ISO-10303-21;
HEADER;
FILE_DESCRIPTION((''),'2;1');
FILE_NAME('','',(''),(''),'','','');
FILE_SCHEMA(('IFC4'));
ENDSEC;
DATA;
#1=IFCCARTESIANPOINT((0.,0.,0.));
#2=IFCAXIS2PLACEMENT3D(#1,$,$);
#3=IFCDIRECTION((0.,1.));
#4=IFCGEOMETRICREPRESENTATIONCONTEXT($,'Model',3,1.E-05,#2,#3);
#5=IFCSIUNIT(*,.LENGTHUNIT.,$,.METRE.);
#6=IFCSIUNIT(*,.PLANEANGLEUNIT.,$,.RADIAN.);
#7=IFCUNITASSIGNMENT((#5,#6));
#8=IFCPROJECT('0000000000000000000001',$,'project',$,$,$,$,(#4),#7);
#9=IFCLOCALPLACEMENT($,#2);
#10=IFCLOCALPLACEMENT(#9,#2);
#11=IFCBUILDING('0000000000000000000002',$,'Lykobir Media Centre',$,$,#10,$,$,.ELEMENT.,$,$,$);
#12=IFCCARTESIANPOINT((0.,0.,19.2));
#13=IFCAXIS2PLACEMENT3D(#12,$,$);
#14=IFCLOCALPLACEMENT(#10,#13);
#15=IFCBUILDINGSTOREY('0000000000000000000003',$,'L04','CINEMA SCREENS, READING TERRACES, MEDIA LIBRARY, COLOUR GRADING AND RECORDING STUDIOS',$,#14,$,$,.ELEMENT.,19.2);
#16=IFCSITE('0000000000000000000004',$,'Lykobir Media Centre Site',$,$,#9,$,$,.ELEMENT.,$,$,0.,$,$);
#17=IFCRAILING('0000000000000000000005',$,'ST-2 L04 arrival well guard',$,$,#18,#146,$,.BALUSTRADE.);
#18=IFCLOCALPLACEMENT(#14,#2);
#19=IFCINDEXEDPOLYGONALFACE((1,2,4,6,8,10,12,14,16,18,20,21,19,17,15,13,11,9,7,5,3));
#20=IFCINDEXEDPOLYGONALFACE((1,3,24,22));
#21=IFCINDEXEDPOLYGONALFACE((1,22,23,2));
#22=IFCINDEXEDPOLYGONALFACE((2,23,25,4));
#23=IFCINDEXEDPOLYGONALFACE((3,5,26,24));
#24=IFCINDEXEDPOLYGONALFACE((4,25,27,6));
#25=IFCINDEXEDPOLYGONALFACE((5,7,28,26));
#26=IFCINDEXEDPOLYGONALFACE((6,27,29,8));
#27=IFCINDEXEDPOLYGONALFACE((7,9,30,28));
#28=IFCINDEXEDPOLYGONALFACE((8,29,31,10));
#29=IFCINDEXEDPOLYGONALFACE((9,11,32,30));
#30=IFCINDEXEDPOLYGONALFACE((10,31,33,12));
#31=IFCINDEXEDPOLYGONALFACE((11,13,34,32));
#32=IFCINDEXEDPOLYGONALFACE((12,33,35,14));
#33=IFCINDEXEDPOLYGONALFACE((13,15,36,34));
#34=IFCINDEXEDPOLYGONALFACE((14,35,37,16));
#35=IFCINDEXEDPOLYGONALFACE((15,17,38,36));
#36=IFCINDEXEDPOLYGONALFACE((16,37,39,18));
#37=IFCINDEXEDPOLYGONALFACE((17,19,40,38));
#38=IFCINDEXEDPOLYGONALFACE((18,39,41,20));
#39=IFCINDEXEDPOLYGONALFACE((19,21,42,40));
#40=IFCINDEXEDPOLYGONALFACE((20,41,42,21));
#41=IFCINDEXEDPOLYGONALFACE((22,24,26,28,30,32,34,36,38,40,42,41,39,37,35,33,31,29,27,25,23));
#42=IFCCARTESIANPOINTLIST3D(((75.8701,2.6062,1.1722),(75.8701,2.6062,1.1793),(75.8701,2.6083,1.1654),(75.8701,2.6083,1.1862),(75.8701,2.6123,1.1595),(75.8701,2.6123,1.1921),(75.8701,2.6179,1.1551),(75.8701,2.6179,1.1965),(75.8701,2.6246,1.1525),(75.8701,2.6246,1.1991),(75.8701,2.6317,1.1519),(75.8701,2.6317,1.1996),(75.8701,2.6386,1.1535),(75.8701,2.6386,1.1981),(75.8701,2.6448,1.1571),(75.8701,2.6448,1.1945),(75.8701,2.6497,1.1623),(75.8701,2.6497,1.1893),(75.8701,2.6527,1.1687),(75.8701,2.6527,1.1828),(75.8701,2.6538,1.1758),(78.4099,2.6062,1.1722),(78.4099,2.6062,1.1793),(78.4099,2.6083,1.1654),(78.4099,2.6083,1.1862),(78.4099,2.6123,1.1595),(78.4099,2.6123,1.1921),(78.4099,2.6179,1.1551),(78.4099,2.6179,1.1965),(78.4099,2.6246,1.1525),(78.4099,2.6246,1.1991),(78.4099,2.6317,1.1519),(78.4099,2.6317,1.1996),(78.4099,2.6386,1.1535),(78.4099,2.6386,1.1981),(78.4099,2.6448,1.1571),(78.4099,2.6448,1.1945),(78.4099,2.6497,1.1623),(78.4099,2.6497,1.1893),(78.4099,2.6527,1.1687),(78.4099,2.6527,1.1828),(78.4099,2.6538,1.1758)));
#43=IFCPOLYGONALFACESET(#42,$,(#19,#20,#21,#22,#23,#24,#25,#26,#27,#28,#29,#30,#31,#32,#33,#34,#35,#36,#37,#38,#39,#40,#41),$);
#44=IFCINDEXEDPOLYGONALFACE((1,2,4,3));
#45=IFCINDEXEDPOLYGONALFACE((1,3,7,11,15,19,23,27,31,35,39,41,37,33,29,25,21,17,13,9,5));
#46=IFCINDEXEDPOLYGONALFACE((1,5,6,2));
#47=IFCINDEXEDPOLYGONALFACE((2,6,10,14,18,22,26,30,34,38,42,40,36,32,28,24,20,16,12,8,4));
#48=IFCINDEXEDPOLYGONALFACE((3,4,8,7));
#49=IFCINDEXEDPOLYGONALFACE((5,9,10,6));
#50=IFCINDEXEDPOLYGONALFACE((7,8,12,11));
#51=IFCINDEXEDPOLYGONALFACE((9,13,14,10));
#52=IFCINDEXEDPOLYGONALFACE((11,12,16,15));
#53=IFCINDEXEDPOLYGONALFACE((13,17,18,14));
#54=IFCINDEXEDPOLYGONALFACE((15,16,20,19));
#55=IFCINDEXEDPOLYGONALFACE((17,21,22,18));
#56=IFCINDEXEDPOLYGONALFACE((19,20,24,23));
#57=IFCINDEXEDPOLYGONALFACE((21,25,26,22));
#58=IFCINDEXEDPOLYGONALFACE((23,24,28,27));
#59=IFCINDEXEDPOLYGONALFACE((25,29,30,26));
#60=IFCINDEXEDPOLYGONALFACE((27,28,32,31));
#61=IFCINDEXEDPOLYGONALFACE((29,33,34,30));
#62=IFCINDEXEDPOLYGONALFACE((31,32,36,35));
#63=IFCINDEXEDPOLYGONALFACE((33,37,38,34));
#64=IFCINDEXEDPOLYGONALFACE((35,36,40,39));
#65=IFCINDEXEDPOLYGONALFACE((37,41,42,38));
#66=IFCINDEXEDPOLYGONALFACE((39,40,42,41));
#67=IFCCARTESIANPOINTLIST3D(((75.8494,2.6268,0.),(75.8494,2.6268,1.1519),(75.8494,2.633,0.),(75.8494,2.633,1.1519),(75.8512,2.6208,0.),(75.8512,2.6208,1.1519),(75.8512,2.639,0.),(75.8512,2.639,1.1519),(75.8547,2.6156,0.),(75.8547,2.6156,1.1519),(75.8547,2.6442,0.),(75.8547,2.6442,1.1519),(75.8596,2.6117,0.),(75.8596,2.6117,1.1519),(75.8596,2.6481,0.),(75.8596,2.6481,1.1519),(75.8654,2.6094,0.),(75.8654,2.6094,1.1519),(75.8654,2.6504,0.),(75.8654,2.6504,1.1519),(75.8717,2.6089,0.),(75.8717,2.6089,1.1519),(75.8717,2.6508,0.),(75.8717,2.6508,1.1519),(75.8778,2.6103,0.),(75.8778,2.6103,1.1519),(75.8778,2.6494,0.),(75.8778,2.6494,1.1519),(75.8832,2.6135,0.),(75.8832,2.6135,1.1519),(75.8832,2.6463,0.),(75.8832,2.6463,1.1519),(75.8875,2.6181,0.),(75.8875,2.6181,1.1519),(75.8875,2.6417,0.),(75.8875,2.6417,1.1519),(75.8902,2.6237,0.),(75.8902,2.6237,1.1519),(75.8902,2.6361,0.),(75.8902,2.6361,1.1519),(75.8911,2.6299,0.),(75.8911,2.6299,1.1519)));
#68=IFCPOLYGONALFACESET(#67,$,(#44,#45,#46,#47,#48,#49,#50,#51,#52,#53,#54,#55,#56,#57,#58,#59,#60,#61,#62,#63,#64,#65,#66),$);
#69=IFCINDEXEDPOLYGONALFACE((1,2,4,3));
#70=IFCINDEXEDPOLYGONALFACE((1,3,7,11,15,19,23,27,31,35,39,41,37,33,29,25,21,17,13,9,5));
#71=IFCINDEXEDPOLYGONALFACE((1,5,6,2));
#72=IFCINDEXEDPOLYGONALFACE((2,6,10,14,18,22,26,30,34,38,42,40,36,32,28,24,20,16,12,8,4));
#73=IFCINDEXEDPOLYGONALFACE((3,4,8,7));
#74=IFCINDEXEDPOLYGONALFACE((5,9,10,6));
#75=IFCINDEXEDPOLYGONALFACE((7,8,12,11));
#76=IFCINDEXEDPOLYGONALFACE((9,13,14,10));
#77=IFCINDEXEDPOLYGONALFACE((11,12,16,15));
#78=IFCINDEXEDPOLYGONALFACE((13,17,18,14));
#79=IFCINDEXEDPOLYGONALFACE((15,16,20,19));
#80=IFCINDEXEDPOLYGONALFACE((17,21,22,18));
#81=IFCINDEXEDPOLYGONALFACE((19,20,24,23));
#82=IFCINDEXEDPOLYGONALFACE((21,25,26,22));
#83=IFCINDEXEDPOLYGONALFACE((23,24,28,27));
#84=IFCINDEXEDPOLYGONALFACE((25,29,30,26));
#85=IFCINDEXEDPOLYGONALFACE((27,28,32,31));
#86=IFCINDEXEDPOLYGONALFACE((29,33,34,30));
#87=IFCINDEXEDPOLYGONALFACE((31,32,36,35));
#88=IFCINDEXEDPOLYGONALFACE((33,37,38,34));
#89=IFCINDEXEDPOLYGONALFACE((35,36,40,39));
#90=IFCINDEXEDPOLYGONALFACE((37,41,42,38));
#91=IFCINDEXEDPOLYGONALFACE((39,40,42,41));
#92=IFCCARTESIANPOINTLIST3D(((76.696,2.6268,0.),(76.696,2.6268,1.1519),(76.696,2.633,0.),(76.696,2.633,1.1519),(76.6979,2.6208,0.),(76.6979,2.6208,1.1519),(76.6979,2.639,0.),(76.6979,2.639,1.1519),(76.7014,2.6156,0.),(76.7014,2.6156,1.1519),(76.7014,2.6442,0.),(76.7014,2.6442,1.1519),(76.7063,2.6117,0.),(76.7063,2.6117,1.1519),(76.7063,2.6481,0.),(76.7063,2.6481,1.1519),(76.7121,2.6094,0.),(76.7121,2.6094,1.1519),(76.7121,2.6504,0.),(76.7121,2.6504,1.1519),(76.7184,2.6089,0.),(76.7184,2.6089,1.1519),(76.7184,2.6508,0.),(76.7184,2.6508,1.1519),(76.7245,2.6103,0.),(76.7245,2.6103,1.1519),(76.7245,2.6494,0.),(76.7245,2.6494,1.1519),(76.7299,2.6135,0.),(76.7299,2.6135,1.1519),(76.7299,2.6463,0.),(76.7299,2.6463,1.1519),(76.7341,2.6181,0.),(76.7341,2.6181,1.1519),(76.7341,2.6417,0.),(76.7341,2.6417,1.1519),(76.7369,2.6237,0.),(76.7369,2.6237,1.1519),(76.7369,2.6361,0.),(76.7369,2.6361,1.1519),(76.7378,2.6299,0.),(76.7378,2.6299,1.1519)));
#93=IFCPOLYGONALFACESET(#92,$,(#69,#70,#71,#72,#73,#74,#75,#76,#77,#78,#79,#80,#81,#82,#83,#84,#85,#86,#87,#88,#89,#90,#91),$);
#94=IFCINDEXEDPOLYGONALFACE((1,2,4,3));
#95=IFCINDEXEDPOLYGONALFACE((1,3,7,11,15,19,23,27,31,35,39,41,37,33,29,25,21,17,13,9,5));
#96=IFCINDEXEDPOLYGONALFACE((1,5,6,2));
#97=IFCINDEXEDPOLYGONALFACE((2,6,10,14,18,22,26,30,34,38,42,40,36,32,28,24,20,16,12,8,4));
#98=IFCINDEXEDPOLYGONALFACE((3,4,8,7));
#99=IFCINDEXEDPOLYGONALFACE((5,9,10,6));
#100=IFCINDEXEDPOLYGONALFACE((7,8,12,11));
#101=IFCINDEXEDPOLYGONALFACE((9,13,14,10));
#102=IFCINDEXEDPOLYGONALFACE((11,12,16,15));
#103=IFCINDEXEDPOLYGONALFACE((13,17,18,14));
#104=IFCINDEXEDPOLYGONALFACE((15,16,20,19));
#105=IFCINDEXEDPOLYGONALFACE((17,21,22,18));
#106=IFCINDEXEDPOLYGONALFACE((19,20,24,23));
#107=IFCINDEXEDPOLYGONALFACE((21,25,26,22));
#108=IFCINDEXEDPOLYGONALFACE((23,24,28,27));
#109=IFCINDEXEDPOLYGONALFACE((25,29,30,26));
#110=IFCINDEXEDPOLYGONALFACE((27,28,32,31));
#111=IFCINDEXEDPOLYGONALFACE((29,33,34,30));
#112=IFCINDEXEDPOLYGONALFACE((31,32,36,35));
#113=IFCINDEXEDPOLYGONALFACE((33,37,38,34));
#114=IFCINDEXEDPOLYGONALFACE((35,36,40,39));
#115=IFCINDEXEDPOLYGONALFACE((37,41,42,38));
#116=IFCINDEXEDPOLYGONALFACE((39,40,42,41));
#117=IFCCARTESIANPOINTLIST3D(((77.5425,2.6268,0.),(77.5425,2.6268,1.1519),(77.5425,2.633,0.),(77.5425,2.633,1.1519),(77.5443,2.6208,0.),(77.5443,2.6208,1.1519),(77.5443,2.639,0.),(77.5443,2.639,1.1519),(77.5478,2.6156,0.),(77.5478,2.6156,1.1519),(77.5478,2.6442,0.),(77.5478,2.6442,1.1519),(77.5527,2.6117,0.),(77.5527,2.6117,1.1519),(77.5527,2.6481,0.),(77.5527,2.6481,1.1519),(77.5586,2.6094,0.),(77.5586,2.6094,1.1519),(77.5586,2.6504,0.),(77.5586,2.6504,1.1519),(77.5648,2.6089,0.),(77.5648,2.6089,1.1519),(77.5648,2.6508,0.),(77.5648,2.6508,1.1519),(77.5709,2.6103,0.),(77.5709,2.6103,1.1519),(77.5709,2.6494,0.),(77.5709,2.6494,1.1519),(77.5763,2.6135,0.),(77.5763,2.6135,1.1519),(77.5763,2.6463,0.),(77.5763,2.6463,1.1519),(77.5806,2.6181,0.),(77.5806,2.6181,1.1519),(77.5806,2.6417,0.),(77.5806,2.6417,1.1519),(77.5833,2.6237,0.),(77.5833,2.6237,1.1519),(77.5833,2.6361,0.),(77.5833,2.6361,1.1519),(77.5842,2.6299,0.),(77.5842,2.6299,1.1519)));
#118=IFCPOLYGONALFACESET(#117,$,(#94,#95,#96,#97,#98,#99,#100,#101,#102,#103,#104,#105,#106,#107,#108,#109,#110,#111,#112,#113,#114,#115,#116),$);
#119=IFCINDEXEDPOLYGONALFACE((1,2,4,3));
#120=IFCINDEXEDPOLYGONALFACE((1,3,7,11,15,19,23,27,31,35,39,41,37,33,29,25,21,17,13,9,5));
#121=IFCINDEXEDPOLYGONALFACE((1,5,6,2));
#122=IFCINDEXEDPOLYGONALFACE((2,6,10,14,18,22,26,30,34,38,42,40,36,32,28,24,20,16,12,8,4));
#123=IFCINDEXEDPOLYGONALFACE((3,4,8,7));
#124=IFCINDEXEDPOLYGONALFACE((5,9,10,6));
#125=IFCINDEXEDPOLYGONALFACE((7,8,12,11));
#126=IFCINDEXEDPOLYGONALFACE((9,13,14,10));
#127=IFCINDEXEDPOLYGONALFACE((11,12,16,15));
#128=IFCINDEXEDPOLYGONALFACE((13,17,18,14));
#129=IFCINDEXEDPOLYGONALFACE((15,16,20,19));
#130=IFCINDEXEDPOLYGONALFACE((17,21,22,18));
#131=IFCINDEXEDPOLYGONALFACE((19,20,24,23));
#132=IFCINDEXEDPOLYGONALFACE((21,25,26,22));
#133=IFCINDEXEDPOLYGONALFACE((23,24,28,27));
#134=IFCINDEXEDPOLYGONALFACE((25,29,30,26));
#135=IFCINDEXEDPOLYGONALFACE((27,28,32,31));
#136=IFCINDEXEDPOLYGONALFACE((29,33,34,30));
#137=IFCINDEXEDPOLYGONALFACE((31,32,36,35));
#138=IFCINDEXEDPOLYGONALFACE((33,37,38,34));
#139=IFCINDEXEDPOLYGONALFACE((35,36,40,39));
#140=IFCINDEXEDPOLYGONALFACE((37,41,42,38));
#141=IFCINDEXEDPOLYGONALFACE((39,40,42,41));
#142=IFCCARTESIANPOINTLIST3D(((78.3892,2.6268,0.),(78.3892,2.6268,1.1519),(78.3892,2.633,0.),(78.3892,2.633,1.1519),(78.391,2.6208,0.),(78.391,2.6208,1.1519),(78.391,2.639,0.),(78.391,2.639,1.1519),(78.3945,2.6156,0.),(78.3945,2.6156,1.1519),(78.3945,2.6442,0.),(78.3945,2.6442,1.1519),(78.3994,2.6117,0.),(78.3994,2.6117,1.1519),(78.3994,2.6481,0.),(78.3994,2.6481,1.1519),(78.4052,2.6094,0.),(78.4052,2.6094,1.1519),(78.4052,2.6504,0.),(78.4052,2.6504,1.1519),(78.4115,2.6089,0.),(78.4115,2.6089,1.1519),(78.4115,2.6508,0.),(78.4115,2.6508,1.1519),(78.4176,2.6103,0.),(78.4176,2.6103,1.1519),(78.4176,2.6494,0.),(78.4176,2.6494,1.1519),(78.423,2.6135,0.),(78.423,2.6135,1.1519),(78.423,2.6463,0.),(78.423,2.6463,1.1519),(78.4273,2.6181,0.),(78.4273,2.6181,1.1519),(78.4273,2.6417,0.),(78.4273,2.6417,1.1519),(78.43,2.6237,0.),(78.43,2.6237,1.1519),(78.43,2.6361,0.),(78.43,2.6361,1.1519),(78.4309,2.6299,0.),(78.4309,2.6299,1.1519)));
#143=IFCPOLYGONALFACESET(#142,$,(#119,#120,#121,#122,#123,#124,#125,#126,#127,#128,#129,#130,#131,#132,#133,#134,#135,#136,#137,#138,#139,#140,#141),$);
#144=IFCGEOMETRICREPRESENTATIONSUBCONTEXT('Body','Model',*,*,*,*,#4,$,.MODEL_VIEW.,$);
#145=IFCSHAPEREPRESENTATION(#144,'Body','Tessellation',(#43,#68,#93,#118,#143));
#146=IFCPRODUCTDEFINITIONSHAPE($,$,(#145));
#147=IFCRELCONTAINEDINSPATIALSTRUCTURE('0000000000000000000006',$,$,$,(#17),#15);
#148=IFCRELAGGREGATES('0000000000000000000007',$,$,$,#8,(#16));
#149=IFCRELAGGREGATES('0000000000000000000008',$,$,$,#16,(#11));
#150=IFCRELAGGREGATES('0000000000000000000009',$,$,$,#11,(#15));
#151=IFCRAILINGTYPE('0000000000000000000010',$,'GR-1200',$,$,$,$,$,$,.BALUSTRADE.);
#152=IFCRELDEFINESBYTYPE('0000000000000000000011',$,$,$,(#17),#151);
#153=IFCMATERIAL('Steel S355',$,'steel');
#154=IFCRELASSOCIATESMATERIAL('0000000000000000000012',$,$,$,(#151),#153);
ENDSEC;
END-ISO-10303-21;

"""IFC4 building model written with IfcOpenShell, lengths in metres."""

from ifc_helpers import new_model, si_unit, direction, frame, origin, origin_2d, place, context, subcontext, project, spatial, circle, extrude, material, type_object, element, save


model = new_model("IFC4")

# Units and contexts
model_context = context("Model", 3, precision=1e-05, world=origin(), true_north=direction((0.0, 1.0)))
body_context = subcontext(model_context, "Body", "Model", "MODEL_VIEW")
ifc_project = project(units=[si_unit("LENGTHUNIT", "METRE"), si_unit("PLANEANGLEUNIT", "RADIAN")], contexts=[model_context])

# Site, building, storey
site_placement = place(None, origin())
site = spatial("IfcSite", under=ifc_project, at=site_placement, Name="Lykobir Media Centre Site", CompositionType="ELEMENT", RefElevation=0.0)
building_placement = place(site_placement, origin())
building = spatial("IfcBuilding", under=site, at=building_placement, Name="Lykobir Media Centre", CompositionType="ELEMENT")
storey_placement = place(building_placement, frame((0.0, 0.0, 19.2)))
storey = spatial("IfcBuildingStorey", under=building, at=storey_placement, Name="L04", Description="CINEMA SCREENS, READING TERRACES, MEDIA LIBRARY, COLOUR GRADING AND RECORDING STUDIOS", CompositionType="ELEMENT", Elevation=19.2)

# Shared definitions
ifc_material_1 = material(Name="Steel S355", Category="steel")

# Railing
railing_type_1 = type_object("IfcRailingType", Name="GR-1200", PredefinedType="BALUSTRADE", material=ifc_material_1)
railing_1_placement = place(storey_placement, frame((75.8701, 2.6299, 0.0)))
element("IfcRailing", 1, at=railing_1_placement, inside=storey, type_object=railing_type_1, Name="ST-2 L04 arrival well guard", PredefinedType="BALUSTRADE", context=body_context, shape_type="SweptSolid", body=[
    extrude(circle(Radius=0.0239, at=origin_2d()), frame((0.0, 0.0, 1.1758), z_axis=(1.0, 0.0, 0.0), x_axis=(0.0, 1.0, 0.0)), (0.0, 0.0, 1.0), 2.5398),
    extrude(circle(Radius=0.021, at=origin_2d()), origin(), (0.0, 0.0, 1.0), 1.1519),
    extrude(circle(Radius=0.021, at=origin_2d()), frame((0.8467, 0.0, 0.0)), (0.0, 0.0, 1.0), 1.1519),
    extrude(circle(Radius=0.021, at=origin_2d()), frame((1.6931, 0.0, 0.0)), (0.0, 0.0, 1.0), 1.1519),
    extrude(circle(Radius=0.021, at=origin_2d()), frame((2.5398, 0.0, 0.0)), (0.0, 0.0, 1.0), 1.1519),
])

save(model, "model.ifc")
